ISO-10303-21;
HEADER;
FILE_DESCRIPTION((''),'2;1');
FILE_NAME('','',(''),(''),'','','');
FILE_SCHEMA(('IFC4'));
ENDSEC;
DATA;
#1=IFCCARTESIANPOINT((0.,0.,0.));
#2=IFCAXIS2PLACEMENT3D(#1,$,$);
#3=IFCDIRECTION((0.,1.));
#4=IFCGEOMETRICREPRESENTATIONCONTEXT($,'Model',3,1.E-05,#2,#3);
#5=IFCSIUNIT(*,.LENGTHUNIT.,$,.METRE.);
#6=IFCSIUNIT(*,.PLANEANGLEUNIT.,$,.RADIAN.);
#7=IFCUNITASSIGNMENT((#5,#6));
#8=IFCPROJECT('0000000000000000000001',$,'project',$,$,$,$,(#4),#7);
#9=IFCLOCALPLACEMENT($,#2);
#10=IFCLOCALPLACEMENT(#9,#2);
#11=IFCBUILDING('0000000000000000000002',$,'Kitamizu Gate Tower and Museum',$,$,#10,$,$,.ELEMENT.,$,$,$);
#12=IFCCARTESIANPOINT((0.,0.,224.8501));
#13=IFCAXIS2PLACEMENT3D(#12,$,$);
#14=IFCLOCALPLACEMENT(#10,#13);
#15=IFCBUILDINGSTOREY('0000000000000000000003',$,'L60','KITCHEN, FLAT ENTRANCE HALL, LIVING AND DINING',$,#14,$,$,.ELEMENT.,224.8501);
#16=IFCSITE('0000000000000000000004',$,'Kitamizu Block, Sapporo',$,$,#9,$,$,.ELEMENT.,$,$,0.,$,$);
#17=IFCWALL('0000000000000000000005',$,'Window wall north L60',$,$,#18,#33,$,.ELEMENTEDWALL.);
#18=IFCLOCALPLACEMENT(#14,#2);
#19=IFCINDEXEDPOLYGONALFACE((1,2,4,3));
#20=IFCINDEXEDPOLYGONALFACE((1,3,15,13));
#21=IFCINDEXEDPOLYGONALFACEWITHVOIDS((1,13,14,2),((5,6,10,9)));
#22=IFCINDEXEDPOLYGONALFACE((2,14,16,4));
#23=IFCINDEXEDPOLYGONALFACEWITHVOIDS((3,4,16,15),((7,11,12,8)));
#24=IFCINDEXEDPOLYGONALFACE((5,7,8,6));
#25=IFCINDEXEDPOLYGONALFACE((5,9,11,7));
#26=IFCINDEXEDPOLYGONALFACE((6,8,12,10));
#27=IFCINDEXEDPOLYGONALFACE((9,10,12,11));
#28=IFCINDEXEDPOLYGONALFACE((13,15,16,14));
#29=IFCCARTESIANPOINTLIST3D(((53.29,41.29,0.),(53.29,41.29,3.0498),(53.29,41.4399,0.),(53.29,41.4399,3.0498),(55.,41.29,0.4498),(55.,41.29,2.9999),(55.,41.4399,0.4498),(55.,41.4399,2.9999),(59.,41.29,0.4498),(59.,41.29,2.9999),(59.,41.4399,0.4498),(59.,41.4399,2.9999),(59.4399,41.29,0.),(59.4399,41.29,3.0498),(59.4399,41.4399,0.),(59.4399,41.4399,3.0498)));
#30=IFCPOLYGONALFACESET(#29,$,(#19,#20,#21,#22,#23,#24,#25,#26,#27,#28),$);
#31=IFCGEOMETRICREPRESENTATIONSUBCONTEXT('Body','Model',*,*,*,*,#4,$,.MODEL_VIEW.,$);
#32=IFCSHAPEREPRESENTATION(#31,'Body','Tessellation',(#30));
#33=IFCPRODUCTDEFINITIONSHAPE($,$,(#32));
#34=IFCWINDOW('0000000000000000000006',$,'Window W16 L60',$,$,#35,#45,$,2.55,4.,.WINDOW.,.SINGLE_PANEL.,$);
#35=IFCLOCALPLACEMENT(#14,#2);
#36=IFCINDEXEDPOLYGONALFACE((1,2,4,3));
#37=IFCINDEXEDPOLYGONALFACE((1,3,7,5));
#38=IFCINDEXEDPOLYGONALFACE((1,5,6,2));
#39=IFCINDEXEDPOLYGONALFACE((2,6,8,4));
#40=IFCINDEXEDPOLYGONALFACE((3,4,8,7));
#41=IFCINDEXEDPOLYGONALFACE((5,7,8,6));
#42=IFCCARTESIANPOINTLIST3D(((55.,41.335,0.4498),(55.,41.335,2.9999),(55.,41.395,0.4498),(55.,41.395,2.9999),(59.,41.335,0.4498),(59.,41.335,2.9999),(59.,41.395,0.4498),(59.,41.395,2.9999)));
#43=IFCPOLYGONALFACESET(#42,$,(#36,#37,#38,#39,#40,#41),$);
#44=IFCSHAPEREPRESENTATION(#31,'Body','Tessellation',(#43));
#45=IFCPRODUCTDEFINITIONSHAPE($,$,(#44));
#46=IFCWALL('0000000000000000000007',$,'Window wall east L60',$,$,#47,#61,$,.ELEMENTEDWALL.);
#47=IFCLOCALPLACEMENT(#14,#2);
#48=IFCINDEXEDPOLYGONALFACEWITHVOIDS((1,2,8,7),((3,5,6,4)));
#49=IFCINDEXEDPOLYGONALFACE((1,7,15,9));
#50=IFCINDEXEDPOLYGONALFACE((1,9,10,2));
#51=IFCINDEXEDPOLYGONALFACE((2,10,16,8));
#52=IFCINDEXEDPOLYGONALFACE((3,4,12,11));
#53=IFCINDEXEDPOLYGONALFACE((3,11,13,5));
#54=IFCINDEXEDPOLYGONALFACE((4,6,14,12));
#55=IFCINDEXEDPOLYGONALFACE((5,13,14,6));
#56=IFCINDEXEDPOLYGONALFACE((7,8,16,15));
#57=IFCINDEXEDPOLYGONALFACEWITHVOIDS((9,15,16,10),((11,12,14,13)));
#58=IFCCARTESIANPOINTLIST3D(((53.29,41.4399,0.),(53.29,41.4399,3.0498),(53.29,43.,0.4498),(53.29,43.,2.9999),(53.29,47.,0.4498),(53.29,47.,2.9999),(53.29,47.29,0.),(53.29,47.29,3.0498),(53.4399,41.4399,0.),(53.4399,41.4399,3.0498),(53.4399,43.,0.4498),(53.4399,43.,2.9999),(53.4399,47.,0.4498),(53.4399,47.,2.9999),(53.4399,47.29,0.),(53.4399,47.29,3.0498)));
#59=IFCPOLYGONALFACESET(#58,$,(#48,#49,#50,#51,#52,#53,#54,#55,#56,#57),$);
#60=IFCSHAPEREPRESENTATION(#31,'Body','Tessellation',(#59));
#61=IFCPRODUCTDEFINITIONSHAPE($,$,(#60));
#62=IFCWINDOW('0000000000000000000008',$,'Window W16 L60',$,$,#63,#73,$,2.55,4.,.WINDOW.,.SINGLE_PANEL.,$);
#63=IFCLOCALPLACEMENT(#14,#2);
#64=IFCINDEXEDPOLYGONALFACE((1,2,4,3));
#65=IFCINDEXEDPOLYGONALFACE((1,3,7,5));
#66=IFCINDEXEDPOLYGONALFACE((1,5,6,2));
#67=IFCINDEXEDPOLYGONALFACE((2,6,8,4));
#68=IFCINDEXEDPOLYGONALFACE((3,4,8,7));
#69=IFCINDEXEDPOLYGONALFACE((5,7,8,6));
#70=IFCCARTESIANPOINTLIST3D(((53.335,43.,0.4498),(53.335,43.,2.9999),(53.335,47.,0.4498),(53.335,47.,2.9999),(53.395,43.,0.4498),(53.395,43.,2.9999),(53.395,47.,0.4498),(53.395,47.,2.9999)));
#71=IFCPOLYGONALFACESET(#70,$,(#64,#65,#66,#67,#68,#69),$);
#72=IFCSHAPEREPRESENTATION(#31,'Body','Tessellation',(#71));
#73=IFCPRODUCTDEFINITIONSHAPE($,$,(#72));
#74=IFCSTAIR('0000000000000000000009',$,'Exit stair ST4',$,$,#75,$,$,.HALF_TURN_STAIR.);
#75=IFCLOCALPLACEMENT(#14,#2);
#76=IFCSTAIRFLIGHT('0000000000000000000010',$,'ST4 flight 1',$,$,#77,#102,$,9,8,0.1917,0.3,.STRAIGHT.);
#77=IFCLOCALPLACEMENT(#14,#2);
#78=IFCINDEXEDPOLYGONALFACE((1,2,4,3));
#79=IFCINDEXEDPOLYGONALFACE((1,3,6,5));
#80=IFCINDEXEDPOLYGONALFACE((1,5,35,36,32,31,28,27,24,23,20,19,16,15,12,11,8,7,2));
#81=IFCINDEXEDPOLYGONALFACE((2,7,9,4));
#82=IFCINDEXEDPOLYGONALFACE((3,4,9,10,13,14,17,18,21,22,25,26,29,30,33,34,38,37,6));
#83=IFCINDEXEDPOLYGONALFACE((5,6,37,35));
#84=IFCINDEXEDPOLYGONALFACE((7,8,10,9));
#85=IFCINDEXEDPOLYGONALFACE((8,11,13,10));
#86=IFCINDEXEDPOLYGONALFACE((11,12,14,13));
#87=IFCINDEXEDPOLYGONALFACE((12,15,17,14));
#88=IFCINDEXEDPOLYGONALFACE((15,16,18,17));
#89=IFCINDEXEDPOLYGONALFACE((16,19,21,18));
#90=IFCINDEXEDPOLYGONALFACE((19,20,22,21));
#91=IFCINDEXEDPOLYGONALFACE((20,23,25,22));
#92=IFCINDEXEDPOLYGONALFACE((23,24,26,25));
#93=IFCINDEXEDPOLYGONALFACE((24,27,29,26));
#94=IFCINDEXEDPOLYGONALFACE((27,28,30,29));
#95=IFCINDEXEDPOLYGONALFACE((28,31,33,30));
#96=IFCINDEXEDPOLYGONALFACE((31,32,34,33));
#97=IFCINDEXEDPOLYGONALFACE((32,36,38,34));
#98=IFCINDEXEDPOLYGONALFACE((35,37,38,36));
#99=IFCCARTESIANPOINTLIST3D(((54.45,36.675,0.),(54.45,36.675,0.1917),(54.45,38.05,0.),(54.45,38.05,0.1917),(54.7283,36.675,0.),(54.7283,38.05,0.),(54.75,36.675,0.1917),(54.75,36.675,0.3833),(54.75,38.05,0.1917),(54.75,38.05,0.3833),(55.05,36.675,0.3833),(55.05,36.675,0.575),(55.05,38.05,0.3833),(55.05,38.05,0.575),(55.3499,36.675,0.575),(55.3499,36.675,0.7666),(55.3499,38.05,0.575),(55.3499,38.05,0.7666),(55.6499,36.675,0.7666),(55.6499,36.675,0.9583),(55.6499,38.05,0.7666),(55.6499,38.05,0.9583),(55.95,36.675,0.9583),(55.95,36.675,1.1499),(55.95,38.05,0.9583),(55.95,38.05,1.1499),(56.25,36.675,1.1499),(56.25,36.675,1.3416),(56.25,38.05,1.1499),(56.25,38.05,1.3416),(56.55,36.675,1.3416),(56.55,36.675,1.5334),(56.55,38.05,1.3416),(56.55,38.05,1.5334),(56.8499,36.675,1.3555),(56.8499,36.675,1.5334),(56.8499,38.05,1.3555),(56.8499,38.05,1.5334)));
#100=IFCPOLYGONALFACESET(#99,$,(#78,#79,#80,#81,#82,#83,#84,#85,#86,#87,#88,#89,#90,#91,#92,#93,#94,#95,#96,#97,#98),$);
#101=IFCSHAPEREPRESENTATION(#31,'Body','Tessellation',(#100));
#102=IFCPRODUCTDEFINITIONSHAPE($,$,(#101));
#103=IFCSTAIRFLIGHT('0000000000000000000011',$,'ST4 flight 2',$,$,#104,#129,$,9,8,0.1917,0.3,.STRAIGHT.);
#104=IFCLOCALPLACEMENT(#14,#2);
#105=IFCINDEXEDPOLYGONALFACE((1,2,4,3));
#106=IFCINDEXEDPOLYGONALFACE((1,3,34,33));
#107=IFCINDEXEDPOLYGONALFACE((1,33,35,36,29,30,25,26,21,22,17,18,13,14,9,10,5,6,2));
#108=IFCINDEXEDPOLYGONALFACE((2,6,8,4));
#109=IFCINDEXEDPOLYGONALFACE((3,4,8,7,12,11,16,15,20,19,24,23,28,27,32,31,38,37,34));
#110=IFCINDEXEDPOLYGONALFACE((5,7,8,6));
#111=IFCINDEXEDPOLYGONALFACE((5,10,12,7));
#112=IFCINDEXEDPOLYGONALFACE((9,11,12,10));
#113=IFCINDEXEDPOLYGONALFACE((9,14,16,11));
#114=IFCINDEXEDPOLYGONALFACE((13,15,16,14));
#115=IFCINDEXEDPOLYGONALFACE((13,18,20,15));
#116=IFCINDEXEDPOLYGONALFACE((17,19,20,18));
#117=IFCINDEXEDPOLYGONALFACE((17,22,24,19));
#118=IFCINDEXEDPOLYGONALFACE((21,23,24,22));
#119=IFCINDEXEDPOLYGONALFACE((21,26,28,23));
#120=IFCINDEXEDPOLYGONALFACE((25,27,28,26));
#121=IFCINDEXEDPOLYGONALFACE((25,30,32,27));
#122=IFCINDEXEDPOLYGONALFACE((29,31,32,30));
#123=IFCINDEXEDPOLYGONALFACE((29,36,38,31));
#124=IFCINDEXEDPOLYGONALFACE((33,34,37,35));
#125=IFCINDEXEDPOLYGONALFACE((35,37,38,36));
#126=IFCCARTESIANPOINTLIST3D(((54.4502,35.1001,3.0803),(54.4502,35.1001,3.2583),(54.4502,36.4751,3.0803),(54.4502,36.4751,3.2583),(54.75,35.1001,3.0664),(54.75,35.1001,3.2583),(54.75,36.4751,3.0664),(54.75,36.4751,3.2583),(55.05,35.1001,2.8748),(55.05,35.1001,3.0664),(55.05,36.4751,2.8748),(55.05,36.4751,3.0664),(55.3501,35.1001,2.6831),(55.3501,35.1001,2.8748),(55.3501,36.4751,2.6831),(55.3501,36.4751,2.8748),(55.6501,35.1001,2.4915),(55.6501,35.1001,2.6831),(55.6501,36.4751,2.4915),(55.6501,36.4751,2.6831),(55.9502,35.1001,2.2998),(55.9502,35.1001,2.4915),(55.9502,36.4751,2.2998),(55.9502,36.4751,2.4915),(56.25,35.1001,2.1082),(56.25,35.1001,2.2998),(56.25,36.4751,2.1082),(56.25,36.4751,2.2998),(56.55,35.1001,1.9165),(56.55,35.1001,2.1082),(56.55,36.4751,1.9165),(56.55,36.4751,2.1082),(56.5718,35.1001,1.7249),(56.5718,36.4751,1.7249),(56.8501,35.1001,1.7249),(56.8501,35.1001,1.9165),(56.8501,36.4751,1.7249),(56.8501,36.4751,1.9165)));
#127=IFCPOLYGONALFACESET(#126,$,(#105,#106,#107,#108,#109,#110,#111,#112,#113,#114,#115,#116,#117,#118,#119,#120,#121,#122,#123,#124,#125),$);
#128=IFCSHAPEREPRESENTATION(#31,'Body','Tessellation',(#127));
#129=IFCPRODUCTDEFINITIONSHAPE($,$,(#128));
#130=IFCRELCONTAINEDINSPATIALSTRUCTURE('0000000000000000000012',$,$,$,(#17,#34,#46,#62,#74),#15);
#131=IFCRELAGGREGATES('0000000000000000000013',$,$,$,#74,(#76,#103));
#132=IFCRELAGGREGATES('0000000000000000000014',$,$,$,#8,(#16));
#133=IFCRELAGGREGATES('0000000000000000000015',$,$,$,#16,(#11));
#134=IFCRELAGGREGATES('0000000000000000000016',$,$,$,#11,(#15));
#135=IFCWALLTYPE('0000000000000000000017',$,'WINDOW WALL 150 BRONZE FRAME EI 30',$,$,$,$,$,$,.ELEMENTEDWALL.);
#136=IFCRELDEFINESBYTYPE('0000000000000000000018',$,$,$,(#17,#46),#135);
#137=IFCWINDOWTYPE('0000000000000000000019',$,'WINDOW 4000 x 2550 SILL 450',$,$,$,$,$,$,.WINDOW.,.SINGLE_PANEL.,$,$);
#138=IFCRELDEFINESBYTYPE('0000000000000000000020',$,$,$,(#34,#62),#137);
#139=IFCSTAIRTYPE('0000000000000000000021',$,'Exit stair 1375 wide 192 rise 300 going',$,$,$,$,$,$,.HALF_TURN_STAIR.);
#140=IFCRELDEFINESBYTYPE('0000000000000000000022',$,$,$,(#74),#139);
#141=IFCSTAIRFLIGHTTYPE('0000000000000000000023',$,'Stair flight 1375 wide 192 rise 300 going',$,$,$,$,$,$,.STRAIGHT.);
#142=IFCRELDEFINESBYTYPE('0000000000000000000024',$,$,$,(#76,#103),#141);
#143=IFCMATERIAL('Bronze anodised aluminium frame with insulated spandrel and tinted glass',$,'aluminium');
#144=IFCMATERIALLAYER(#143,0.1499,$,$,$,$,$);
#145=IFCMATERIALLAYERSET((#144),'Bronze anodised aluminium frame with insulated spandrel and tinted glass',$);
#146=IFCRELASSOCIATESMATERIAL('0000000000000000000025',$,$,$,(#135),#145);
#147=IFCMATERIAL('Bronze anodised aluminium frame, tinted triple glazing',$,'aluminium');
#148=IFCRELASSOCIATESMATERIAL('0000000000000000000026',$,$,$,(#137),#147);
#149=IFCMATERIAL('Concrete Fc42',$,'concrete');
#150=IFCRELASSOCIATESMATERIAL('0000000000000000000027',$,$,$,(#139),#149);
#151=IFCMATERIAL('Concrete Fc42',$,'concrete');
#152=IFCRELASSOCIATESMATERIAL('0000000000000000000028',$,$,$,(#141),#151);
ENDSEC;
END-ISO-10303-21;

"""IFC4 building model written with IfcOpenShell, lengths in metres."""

from ifc_helpers import new_model, si_unit, direction, frame, frame_2d, origin, place, context, subcontext, project, spatial, polyline, rectangle, outline, extrude, material, layer, layer_set, type_object, element, fill, aggregate, save


model = new_model("IFC4")

# Units and contexts
model_context = context("Model", 3, precision=1e-05, world=origin(), true_north=direction((0.0, 1.0)))
body_context = subcontext(model_context, "Body", "Model", "MODEL_VIEW")
ifc_project = project(units=[si_unit("LENGTHUNIT", "METRE"), si_unit("PLANEANGLEUNIT", "RADIAN")], contexts=[model_context])

# Site, building, storey
site_placement = place(None, origin())
site = spatial("IfcSite", under=ifc_project, at=site_placement, Name="Kitamizu Block, Sapporo", CompositionType="ELEMENT", RefElevation=0.0)
building_placement = place(site_placement, origin())
building = spatial("IfcBuilding", under=site, at=building_placement, Name="Kitamizu Gate Tower and Museum", CompositionType="ELEMENT")
storey_placement = place(building_placement, frame((0.0, 0.0, 224.8501)))
storey = spatial("IfcBuildingStorey", under=building, at=storey_placement, Name="L60", Description="KITCHEN, FLAT ENTRANCE HALL, LIVING AND DINING", CompositionType="ELEMENT", Elevation=224.8501)

# Shared definitions
ifc_material_1 = material(Name="Bronze anodised aluminium frame with insulated spandrel and tinted glass", Category="aluminium")
ifc_layer_1 = layer(ifc_material_1, 0.1499)
ifc_layer_set_1 = layer_set([ifc_layer_1], Name="Bronze anodised aluminium frame with insulated spandrel and tinted glass")
wall_type_1 = type_object("IfcWallType", Name="WINDOW WALL 150 BRONZE FRAME EI 30", PredefinedType="ELEMENTEDWALL", material=ifc_layer_set_1)

# Walls, openings, windows
wall_1_placement = place(storey_placement, frame((53.29, 41.365, 0.0), z_axis=(0.0, 0.0, 1.0), x_axis=(1.0, 0.0, 0.0)))
wall_1 = element("IfcWall", 1, at=wall_1_placement, inside=storey, type_object=wall_type_1, Name="Window wall north L60", PredefinedType="ELEMENTEDWALL", context=body_context, shape_type="SweptSolid", body=[
    extrude(rectangle(XDim=6.1499, YDim=0.1499, at=frame_2d((3.075, 0.0))), origin(), (0.0, 0.0, 1.0), 3.0498),
])
opening_1_placement = place(wall_1_placement, frame((1.71, 0.0, 0.45)))
opening_1 = element("IfcOpeningElement", 2, at=opening_1_placement, cuts=wall_1, PredefinedType="OPENING", context=body_context, shape_type="SweptSolid", body=[
    extrude(rectangle(XDim=4.0, YDim=2.55, at=frame_2d((2.0, 1.2749))), frame((0.0, 0.085, 0.0), z_axis=(0.0, -1.0, 0.0), x_axis=(1.0, 0.0, 0.0)), (0.0, 0.0, 1.0), 0.1699),
])
ifc_material_2 = material(Name="Bronze anodised aluminium frame, tinted triple glazing", Category="aluminium")
window_type = type_object("IfcWindowType", Name="WINDOW 4000 x 2550 SILL 450", PartitioningType="SINGLE_PANEL", PredefinedType="WINDOW", material=ifc_material_2)
window_1_placement = place(opening_1_placement, origin())
window_1 = element("IfcWindow", 3, at=window_1_placement, inside=storey, type_object=window_type, Name="Window W16 L60", OverallHeight=2.55, OverallWidth=4.0, PartitioningType="SINGLE_PANEL", PredefinedType="WINDOW", context=body_context, shape_type="SweptSolid", body=[
    extrude(rectangle(XDim=4.0, YDim=2.55, at=frame_2d((2.0, 1.2749))), frame((0.0, 0.03, 0.0), z_axis=(0.0, -1.0, 0.0), x_axis=(1.0, 0.0, 0.0)), (0.0, 0.0, 1.0), 0.0601),
])
fill(opening_1, window_1)
wall_2_placement = place(storey_placement, frame((53.365, 41.4399, 0.0), z_axis=(0.0, 0.0, 1.0), x_axis=(0.0, 1.0, 0.0)))
wall_2 = element("IfcWall", 4, at=wall_2_placement, inside=storey, type_object=wall_type_1, Name="Window wall east L60", PredefinedType="ELEMENTEDWALL", context=body_context, shape_type="SweptSolid", body=[
    extrude(rectangle(XDim=5.8501, YDim=0.1499, at=frame_2d((2.925, 0.0))), origin(), (0.0, 0.0, 1.0), 3.0498),
])
opening_2_placement = place(wall_2_placement, frame((1.5601, 0.0, 0.45)))
opening_2 = element("IfcOpeningElement", 5, at=opening_2_placement, cuts=wall_2, PredefinedType="OPENING", context=body_context, shape_type="SweptSolid", body=[
    extrude(rectangle(XDim=4.0, YDim=2.55, at=frame_2d((2.0, 1.2749))), frame((0.0, 0.085, 0.0), z_axis=(0.0, -1.0, 0.0), x_axis=(1.0, 0.0, 0.0)), (0.0, 0.0, 1.0), 0.1699),
])
window_2_placement = place(opening_2_placement, origin())
window_2 = element("IfcWindow", 6, at=window_2_placement, inside=storey, type_object=window_type, Name="Window W16 L60", OverallHeight=2.55, OverallWidth=4.0, PartitioningType="SINGLE_PANEL", PredefinedType="WINDOW", context=body_context, shape_type="SweptSolid", body=[
    extrude(rectangle(XDim=4.0, YDim=2.55, at=frame_2d((2.0, 1.2749))), frame((0.0, 0.03, 0.0), z_axis=(0.0, -1.0, 0.0), x_axis=(1.0, 0.0, 0.0)), (0.0, 0.0, 1.0), 0.0601),
])
fill(opening_2, window_2)

# Stair, stair flights
ifc_material_3 = material(Name="Concrete Fc42", Category="concrete")
stair_type = type_object("IfcStairType", Name="Exit stair 1375 wide 192 rise 300 going", PredefinedType="HALF_TURN_STAIR", material=ifc_material_3)
stair_placement = place(storey_placement, origin())
stair = element("IfcStair", 7, at=stair_placement, inside=storey, type_object=stair_type, Name="Exit stair ST4", PredefinedType="HALF_TURN_STAIR")
ifc_material_4 = material(Name="Concrete Fc42", Category="concrete")
stair_flight_type = type_object("IfcStairFlightType", Name="Stair flight 1375 wide 192 rise 300 going", PredefinedType="STRAIGHT", material=ifc_material_4)
stair_flight_1_placement = place(storey_placement, frame((54.45, 37.3625, 0.0), z_axis=(0.0, 0.0, 1.0), x_axis=(1.0, 0.0, 0.0)))
stair_flight_1 = element("IfcStairFlight", 8, at=stair_flight_1_placement, type_object=stair_flight_type, Name="ST4 flight 1", NumberOfRisers=9, NumberOfTreads=8, PredefinedType="STRAIGHT", RiserHeight=0.1917, TreadLength=0.3, context=body_context, shape_type="SweptSolid", body=[
    extrude(outline(polyline([(0.0, 0.0), (0.0, 0.1917), (0.3, 0.1917), (0.3, 0.3833), (0.6001, 0.3833), (0.6001, 0.575), (0.8999, 0.575), (0.8999, 0.7666), (1.2, 0.7666), (1.2, 0.9583), (1.5, 0.9583), (1.5, 1.1499), (1.8, 1.1499), (1.8, 1.3416), (2.1001, 1.3416), (2.1001, 1.5334), (2.3999, 1.5334), (2.3999, 1.7251), (2.3999, 1.3555), (0.2783, 0.0), (0.0, 0.0)])), frame((0.0, 0.6875, 0.0), z_axis=(0.0, -1.0, 0.0), x_axis=(1.0, 0.0, 0.0)), (0.0, 0.0, 1.0), 1.375),
])
stair_flight_2_placement = place(storey_placement, frame((56.8501, 35.7876, 1.7249), z_axis=(0.0, 0.0, 1.0), x_axis=(-1.0, 0.0, 0.0)))
stair_flight_2 = element("IfcStairFlight", 9, at=stair_flight_2_placement, type_object=stair_flight_type, Name="ST4 flight 2", NumberOfRisers=9, NumberOfTreads=8, PredefinedType="STRAIGHT", RiserHeight=0.1917, TreadLength=0.3, context=body_context, shape_type="SweptSolid", body=[
    extrude(outline(polyline([(0.0, 0.0), (0.0, 0.1917), (0.3, 0.1917), (0.3, 0.3833), (0.6001, 0.3833), (0.6001, 0.575), (0.8999, 0.575), (0.8999, 0.7666), (1.2, 0.7666), (1.2, 0.9583), (1.5, 0.9583), (1.5, 1.1499), (1.8, 1.1499), (1.8, 1.3416), (2.1001, 1.3416), (2.1001, 1.5334), (2.3999, 1.5334), (2.3999, 1.7251), (2.3999, 1.3555), (0.2783, 0.0), (0.0, 0.0)])), frame((0.0, 0.6875, 0.0), z_axis=(0.0, -1.0, 0.0), x_axis=(1.0, 0.0, 0.0)), (0.0, 0.0, 1.0), 1.375),
])
aggregate(stair, [stair_flight_1, stair_flight_2])

save(model, "model.ifc")
